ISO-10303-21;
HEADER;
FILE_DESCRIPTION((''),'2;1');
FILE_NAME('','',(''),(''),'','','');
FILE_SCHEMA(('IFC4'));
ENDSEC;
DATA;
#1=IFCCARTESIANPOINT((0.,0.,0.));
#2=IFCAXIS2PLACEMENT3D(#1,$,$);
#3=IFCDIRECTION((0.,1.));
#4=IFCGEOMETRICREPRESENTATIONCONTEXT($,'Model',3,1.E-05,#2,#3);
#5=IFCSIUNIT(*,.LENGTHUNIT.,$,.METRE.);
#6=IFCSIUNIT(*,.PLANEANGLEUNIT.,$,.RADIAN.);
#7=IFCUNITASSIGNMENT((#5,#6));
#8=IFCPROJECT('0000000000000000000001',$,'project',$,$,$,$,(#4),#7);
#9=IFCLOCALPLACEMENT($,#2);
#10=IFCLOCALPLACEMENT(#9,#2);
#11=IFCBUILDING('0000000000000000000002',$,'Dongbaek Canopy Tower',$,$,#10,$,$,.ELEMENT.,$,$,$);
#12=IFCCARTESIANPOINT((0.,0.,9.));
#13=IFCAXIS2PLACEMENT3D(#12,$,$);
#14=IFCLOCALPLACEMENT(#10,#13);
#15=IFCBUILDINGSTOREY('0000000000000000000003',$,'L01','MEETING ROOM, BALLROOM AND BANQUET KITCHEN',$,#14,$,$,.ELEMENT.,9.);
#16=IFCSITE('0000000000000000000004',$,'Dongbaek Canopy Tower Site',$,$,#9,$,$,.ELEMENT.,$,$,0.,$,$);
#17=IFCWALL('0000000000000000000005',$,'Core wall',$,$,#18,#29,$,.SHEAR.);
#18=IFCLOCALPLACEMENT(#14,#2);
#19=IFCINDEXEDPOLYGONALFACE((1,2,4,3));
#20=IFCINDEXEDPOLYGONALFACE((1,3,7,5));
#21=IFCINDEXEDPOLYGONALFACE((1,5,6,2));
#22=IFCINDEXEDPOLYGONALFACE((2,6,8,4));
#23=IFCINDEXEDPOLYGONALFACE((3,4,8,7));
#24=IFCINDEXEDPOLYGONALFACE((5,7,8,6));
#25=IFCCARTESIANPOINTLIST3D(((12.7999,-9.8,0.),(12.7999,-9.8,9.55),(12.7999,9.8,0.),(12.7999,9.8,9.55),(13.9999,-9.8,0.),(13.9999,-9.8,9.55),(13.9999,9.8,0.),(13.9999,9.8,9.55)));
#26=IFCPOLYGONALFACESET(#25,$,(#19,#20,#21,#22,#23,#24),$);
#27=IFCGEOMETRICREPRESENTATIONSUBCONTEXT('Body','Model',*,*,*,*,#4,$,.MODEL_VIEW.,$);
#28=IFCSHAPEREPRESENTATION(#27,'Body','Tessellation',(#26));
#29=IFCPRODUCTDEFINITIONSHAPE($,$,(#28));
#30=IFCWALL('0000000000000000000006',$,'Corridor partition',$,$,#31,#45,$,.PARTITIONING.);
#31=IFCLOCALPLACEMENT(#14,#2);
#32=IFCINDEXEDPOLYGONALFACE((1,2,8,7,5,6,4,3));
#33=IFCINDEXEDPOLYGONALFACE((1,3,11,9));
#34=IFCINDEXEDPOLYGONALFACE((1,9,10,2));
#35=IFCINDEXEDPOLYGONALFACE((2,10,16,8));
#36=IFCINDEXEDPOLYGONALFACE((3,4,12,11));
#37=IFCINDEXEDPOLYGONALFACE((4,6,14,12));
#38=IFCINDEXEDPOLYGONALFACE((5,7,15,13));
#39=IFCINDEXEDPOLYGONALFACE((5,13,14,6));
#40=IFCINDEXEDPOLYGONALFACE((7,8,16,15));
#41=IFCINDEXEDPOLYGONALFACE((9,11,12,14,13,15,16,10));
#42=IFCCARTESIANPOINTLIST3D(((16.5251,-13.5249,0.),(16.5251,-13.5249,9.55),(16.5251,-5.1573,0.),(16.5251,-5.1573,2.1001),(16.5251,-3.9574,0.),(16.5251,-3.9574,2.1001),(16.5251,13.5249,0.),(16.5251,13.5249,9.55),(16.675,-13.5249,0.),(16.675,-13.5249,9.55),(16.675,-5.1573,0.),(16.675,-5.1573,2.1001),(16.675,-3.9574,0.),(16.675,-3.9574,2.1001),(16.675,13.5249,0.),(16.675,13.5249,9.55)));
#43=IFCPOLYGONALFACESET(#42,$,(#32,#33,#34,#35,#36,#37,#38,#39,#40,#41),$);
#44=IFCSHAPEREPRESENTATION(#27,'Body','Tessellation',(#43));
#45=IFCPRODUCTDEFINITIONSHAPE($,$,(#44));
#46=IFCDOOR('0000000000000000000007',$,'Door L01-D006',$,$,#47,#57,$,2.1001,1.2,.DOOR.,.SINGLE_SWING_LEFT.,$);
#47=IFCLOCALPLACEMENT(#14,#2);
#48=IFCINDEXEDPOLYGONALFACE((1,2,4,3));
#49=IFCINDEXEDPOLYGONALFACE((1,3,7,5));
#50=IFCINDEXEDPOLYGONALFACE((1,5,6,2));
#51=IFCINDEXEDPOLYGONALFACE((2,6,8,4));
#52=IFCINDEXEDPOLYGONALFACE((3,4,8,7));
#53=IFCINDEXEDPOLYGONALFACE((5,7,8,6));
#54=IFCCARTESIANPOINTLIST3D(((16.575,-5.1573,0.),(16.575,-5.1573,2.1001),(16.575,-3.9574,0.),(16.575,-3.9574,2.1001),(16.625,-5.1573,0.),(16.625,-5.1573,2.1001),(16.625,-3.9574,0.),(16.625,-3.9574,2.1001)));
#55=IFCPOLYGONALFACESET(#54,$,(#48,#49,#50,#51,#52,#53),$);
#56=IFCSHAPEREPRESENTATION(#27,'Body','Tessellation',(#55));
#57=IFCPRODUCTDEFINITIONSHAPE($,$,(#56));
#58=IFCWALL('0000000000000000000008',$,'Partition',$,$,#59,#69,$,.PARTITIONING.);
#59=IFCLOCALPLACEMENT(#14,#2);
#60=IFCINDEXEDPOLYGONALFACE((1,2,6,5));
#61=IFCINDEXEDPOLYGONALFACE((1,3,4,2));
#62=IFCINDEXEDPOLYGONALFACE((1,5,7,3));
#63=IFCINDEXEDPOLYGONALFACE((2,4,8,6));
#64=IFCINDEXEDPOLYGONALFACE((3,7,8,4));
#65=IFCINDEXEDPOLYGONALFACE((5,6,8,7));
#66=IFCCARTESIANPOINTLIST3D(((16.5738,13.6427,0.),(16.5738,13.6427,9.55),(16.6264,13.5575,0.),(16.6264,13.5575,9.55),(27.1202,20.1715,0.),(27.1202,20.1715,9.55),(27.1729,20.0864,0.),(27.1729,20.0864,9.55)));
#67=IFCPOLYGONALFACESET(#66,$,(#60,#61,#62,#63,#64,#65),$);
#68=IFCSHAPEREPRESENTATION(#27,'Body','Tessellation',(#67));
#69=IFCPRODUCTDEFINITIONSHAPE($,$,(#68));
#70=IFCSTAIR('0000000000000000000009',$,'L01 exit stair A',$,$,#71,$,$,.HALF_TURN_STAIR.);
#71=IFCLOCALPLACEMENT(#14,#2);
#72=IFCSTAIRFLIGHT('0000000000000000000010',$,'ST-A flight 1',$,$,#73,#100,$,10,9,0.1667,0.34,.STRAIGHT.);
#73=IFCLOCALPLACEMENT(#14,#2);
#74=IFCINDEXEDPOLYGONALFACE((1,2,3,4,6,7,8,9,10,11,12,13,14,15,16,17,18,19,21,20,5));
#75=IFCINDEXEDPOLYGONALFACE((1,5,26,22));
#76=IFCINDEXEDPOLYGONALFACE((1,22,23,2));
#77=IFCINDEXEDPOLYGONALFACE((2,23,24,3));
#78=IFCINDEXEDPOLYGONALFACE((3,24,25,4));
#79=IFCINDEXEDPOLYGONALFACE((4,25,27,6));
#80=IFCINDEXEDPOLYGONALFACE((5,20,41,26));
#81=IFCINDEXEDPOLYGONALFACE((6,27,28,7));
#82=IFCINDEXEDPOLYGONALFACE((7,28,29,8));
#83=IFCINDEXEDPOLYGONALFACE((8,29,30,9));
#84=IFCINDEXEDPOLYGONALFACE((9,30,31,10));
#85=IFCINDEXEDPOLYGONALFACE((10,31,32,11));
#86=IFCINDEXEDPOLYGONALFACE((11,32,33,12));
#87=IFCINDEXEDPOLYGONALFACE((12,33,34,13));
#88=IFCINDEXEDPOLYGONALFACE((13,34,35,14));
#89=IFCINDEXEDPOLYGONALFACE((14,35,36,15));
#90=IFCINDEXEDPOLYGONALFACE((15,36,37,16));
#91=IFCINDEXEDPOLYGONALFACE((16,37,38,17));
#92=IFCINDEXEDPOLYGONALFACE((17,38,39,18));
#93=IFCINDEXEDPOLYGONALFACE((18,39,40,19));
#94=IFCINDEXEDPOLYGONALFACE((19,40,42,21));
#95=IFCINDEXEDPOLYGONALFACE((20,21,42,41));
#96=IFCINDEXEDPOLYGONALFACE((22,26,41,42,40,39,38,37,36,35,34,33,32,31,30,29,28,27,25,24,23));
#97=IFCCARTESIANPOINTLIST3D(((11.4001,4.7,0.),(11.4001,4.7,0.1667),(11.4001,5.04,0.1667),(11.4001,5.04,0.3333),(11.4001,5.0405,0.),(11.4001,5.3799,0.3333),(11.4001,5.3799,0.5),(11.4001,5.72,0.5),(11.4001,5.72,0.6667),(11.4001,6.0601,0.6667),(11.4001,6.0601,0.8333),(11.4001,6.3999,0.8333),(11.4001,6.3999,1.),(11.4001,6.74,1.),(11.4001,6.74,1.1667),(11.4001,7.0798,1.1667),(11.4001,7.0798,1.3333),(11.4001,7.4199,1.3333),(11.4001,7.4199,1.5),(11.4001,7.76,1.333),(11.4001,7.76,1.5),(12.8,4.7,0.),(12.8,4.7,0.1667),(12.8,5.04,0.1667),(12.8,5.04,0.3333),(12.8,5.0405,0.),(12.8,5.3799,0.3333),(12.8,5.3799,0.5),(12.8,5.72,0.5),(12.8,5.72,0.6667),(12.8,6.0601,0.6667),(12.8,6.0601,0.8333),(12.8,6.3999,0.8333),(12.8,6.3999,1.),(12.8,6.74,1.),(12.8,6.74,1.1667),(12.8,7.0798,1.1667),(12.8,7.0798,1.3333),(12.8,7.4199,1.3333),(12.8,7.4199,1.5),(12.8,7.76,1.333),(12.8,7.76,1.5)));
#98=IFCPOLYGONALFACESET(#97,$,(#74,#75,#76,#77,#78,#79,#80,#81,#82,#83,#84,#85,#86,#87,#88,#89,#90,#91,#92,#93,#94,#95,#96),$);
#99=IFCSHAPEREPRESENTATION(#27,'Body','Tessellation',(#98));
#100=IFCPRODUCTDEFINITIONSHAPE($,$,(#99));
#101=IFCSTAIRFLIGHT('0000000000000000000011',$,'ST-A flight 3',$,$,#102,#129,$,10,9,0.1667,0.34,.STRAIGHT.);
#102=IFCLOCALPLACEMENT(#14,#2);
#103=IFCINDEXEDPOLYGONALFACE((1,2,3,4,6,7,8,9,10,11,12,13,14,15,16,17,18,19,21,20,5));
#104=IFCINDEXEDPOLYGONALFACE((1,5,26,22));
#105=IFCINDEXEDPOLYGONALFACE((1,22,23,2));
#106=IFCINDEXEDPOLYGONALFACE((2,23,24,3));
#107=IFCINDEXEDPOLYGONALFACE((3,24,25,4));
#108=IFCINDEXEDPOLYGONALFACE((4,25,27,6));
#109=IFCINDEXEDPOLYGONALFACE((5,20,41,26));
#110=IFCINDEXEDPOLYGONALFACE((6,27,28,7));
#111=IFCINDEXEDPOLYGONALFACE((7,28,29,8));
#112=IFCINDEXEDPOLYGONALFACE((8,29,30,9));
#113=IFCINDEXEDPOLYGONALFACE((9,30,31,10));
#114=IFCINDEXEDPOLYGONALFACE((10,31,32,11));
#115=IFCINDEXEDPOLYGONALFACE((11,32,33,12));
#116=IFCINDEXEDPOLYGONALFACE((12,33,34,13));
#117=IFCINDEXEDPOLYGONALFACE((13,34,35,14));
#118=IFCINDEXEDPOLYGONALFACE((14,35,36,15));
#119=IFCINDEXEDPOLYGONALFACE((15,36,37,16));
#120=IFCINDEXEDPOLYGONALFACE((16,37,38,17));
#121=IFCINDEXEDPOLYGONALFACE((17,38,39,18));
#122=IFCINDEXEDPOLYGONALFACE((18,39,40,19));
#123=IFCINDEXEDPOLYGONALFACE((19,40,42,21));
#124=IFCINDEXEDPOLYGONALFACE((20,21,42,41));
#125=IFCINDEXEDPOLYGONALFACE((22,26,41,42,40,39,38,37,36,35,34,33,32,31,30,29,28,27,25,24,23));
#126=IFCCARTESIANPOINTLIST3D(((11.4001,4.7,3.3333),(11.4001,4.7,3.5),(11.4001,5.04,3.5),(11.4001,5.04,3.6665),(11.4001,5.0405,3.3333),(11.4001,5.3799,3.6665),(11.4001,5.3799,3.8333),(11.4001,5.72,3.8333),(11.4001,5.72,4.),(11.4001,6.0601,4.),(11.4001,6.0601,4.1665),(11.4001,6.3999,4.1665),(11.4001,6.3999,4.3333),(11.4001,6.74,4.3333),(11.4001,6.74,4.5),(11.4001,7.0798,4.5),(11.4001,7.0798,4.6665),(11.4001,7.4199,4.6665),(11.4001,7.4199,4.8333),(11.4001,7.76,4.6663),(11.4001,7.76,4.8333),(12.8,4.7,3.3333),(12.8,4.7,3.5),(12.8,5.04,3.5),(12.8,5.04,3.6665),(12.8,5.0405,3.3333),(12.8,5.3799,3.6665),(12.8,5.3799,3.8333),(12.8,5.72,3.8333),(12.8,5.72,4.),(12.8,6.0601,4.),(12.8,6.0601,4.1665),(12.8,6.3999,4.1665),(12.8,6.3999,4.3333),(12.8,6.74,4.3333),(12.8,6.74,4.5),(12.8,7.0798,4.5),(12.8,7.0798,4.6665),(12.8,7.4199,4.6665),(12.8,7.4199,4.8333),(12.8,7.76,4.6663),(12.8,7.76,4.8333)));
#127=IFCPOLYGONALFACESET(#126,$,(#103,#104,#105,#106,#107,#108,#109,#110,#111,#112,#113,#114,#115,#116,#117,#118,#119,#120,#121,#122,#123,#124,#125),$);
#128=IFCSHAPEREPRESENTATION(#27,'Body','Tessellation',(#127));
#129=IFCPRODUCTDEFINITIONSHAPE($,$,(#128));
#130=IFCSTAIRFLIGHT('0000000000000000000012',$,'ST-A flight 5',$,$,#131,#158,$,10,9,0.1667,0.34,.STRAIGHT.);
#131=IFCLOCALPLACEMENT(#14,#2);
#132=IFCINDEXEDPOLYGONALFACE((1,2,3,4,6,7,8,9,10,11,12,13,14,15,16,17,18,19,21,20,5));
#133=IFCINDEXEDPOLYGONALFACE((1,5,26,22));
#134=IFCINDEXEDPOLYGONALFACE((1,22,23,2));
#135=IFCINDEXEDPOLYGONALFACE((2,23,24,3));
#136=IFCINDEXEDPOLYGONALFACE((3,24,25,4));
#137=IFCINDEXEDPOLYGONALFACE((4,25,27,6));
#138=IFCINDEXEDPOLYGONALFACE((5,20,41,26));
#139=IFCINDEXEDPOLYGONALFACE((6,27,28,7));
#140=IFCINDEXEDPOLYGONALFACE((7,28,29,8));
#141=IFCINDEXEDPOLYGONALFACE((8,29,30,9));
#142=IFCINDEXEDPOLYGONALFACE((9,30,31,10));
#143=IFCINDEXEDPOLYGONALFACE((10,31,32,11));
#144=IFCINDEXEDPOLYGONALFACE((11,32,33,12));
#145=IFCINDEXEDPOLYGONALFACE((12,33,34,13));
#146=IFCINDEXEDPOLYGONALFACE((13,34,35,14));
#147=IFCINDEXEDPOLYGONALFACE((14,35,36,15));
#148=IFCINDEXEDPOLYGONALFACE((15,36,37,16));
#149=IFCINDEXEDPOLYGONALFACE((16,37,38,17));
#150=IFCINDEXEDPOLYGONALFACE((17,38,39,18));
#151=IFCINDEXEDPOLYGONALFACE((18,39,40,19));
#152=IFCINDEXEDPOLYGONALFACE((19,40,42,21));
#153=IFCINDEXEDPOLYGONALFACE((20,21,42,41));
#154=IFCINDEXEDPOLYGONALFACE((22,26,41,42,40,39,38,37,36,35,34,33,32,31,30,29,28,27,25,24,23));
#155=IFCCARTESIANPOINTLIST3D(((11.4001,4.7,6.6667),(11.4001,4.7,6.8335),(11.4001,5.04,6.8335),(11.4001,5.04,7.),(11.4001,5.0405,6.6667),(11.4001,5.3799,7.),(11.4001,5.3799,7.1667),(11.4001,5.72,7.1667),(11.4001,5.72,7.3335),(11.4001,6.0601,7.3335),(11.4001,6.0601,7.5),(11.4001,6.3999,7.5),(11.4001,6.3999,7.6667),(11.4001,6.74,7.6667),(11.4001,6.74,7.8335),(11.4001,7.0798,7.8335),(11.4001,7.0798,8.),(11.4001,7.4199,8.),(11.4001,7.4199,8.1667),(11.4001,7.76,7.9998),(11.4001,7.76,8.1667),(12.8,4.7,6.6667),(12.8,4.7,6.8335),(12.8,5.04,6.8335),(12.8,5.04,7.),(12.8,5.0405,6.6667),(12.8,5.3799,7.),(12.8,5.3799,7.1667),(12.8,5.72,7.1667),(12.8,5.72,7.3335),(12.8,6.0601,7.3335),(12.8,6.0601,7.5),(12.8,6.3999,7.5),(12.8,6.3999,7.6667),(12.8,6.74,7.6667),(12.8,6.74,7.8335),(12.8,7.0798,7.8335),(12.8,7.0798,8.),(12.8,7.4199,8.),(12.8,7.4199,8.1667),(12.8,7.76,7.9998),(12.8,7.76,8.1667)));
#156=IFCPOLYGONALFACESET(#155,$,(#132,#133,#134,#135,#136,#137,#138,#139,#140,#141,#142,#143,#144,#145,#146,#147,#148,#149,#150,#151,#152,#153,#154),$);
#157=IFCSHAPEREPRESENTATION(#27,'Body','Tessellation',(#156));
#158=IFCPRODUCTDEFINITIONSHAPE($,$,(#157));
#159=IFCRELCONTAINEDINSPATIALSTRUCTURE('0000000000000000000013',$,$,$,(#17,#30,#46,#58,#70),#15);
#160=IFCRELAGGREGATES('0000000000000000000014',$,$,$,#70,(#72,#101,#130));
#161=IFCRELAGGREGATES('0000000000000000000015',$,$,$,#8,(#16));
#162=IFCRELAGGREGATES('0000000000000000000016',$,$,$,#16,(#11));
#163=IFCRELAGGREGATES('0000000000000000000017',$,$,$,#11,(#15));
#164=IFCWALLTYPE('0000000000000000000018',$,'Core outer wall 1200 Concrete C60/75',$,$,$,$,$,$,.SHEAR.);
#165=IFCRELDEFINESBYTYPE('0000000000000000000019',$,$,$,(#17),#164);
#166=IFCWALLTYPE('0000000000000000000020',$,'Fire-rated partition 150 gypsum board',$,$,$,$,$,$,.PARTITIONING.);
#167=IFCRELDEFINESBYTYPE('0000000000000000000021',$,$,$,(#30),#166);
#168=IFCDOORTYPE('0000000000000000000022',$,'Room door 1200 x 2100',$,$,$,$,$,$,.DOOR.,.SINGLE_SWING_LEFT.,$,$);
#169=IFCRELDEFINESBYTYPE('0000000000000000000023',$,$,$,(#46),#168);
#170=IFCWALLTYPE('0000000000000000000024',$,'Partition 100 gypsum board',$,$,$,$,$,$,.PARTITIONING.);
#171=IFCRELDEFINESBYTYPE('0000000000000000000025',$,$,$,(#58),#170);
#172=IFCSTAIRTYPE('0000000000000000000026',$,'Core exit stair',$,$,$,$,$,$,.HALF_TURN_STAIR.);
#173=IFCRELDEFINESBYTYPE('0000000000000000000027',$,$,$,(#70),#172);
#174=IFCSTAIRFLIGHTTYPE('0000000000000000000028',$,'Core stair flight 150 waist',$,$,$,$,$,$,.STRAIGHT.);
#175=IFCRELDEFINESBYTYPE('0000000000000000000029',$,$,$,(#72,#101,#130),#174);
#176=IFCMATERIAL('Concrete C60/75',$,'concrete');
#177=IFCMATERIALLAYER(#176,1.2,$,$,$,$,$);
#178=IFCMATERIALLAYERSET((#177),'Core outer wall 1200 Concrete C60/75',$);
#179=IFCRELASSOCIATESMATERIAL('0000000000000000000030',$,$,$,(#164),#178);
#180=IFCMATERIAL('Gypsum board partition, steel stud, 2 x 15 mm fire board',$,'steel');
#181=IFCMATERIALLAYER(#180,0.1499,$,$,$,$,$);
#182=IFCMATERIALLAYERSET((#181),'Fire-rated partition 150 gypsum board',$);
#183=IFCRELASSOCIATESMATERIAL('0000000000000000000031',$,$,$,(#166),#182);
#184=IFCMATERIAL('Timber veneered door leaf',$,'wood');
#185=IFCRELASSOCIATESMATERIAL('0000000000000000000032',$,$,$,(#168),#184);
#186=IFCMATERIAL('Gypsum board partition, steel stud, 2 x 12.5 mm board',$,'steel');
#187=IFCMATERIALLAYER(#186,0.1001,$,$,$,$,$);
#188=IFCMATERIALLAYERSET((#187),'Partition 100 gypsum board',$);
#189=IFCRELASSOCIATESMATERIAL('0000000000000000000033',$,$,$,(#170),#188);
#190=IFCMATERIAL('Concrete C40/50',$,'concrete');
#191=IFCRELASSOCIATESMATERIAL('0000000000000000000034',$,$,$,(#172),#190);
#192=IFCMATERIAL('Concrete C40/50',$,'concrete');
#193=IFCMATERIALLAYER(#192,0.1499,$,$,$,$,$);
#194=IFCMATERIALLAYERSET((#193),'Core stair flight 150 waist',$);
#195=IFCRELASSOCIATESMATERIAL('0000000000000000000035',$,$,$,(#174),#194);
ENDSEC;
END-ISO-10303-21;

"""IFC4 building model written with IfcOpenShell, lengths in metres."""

from ifc_helpers import new_model, si_unit, direction, frame, frame_2d, origin, place, context, subcontext, project, spatial, polyline, rectangle, outline, extrude, material, layer, layer_set, type_object, element, fill, aggregate, save


model = new_model("IFC4")

# Units and contexts
model_context = context("Model", 3, precision=1e-05, world=origin(), true_north=direction((0.0, 1.0)))
body_context = subcontext(model_context, "Body", "Model", "MODEL_VIEW")
ifc_project = project(units=[si_unit("LENGTHUNIT", "METRE"), si_unit("PLANEANGLEUNIT", "RADIAN")], contexts=[model_context])

# Site, building, storey
site_placement = place(None, origin())
site = spatial("IfcSite", under=ifc_project, at=site_placement, Name="Dongbaek Canopy Tower Site", CompositionType="ELEMENT", RefElevation=0.0)
building_placement = place(site_placement, origin())
building = spatial("IfcBuilding", under=site, at=building_placement, Name="Dongbaek Canopy Tower", CompositionType="ELEMENT")
storey_placement = place(building_placement, frame((0.0, 0.0, 9.0)))
storey = spatial("IfcBuildingStorey", under=building, at=storey_placement, Name="L01", Description="MEETING ROOM, BALLROOM AND BANQUET KITCHEN", CompositionType="ELEMENT", Elevation=9.0)

# Wall
ifc_material_1 = material(Name="Concrete C60/75", Category="concrete")
ifc_layer_1 = layer(ifc_material_1, 1.2)
ifc_layer_set_1 = layer_set([ifc_layer_1], Name="Core outer wall 1200 Concrete C60/75")
wall_type_1 = type_object("IfcWallType", Name="Core outer wall 1200 Concrete C60/75", PredefinedType="SHEAR", material=ifc_layer_set_1)
wall_1_placement = place(storey_placement, frame((13.3999, 9.8, 0.0), z_axis=(0.0, 0.0, 1.0), x_axis=(0.0, -1.0, 0.0)))
element("IfcWall", 1, at=wall_1_placement, inside=storey, type_object=wall_type_1, Name="Core wall", PredefinedType="SHEAR", context=body_context, shape_type="SweptSolid", body=[
    extrude(rectangle(XDim=19.6001, YDim=1.2, at=frame_2d((9.8, 0.0))), origin(), (0.0, 0.0, 1.0), 9.55),
])

# Wall, opening, door
ifc_material_2 = material(Name="Gypsum board partition, steel stud, 2 x 15 mm fire board", Category="steel")
ifc_layer_2 = layer(ifc_material_2, 0.1499)
ifc_layer_set_2 = layer_set([ifc_layer_2], Name="Fire-rated partition 150 gypsum board")
wall_type_2 = type_object("IfcWallType", Name="Fire-rated partition 150 gypsum board", PredefinedType="PARTITIONING", material=ifc_layer_set_2)
wall_2_placement = place(storey_placement, frame((16.6001, 13.5249, 0.0), z_axis=(0.0, 0.0, 1.0), x_axis=(0.0, -1.0, 0.0)))
wall_2 = element("IfcWall", 2, at=wall_2_placement, inside=storey, type_object=wall_type_2, Name="Corridor partition", PredefinedType="PARTITIONING", context=body_context, shape_type="SweptSolid", body=[
    extrude(rectangle(XDim=27.0498, YDim=0.1499, at=frame_2d((13.5249, 0.0))), origin(), (0.0, 0.0, 1.0), 9.55),
])
opening_placement = place(wall_2_placement, frame((17.4822, 0.0, 0.0)))
opening = element("IfcOpeningElement", 3, at=opening_placement, cuts=wall_2, PredefinedType="OPENING", context=body_context, shape_type="SweptSolid", body=[
    extrude(rectangle(XDim=1.2, YDim=2.1001, at=frame_2d((0.6001, 1.05))), frame((0.0, 0.085, 0.0), z_axis=(0.0, -1.0, 0.0), x_axis=(1.0, 0.0, 0.0)), (0.0, 0.0, 1.0), 0.1699),
])
ifc_material_3 = material(Name="Timber veneered door leaf", Category="wood")
door_type = type_object("IfcDoorType", Name="Room door 1200 x 2100", OperationType="SINGLE_SWING_LEFT", PredefinedType="DOOR", material=ifc_material_3)
door_placement = place(opening_placement, origin())
door = element("IfcDoor", 4, at=door_placement, inside=storey, type_object=door_type, Name="Door L01-D006", OperationType="SINGLE_SWING_LEFT", OverallHeight=2.1001, OverallWidth=1.2, PredefinedType="DOOR", context=body_context, shape_type="SweptSolid", body=[
    extrude(rectangle(XDim=1.2, YDim=2.1001, at=frame_2d((0.6001, 1.05))), frame((0.0, 0.0249, 0.0), z_axis=(0.0, -1.0, 0.0), x_axis=(1.0, 0.0, 0.0)), (0.0, 0.0, 1.0), 0.05),
])
fill(opening, door)

# Wall
ifc_material_4 = material(Name="Gypsum board partition, steel stud, 2 x 12.5 mm board", Category="steel")
ifc_layer_3 = layer(ifc_material_4, 0.1001)
ifc_layer_set_3 = layer_set([ifc_layer_3], Name="Partition 100 gypsum board")
wall_type_3 = type_object("IfcWallType", Name="Partition 100 gypsum board", PredefinedType="PARTITIONING", material=ifc_layer_set_3)
wall_3_placement = place(storey_placement, frame((16.6001, 13.6001, 0.0), z_axis=(0.0, 0.0, 1.0), x_axis=(0.850262, 0.52636, 0.0)))
element("IfcWall", 5, at=wall_3_placement, inside=storey, type_object=wall_type_3, Name="Partition", PredefinedType="PARTITIONING", context=body_context, shape_type="SweptSolid", body=[
    extrude(rectangle(XDim=12.4038, YDim=0.1001, at=frame_2d((6.2019, 0.0))), origin(), (0.0, 0.0, 1.0), 9.55),
])

# Stair, stair flights
ifc_material_5 = material(Name="Concrete C40/50", Category="concrete")
stair_type = type_object("IfcStairType", Name="Core exit stair", PredefinedType="HALF_TURN_STAIR", material=ifc_material_5)
stair_placement = place(storey_placement, origin())
stair = element("IfcStair", 6, at=stair_placement, inside=storey, type_object=stair_type, Name="L01 exit stair A", PredefinedType="HALF_TURN_STAIR")
ifc_material_6 = material(Name="Concrete C40/50", Category="concrete")
ifc_layer_4 = layer(ifc_material_6, 0.1499)
ifc_layer_set_4 = layer_set([ifc_layer_4], Name="Core stair flight 150 waist")
stair_flight_type = type_object("IfcStairFlightType", Name="Core stair flight 150 waist", PredefinedType="STRAIGHT", material=ifc_layer_set_4)
stair_flight_1_placement = place(storey_placement, frame((12.1001, 4.7, 0.0), z_axis=(0.0, 0.0, 1.0), x_axis=(0.0, 1.0, 0.0)))
stair_flight_1 = element("IfcStairFlight", 7, at=stair_flight_1_placement, type_object=stair_flight_type, Name="ST-A flight 1", NumberOfRisers=10, NumberOfTreads=9, PredefinedType="STRAIGHT", RiserHeight=0.1667, TreadLength=0.34, context=body_context, shape_type="SweptSolid", body=[
    extrude(outline(polyline([(0.0, 0.0), (0.0, 0.1667), (0.3401, 0.1667), (0.3401, 0.3333), (0.6799, 0.3333), (0.6799, 0.5), (1.02, 0.5), (1.02, 0.6667), (1.3601, 0.6667), (1.3601, 0.8333), (1.7, 0.8333), (1.7, 1.0), (2.04, 1.0), (2.04, 1.1667), (2.3799, 1.1667), (2.3799, 1.3333), (2.72, 1.3333), (2.72, 1.5), (3.0601, 1.5), (3.0601, 1.6667), (3.0601, 1.333), (0.3406, 0.0), (0.0, 0.0)])), frame((0.0, 0.7, 0.0), z_axis=(0.0, -1.0, 0.0), x_axis=(1.0, 0.0, 0.0)), (0.0, 0.0, 1.0), 1.3999),
])
stair_flight_2_placement = place(storey_placement, frame((12.1001, 4.7, 3.3333), z_axis=(0.0, 0.0, 1.0), x_axis=(0.0, 1.0, 0.0)))
stair_flight_2 = element("IfcStairFlight", 8, at=stair_flight_2_placement, type_object=stair_flight_type, Name="ST-A flight 3", NumberOfRisers=10, NumberOfTreads=9, PredefinedType="STRAIGHT", RiserHeight=0.1667, TreadLength=0.34, context=body_context, shape_type="SweptSolid", body=[
    extrude(outline(polyline([(0.0, 0.0), (0.0, 0.1667), (0.3401, 0.1667), (0.3401, 0.3333), (0.6799, 0.3333), (0.6799, 0.5), (1.02, 0.5), (1.02, 0.6667), (1.3601, 0.6667), (1.3601, 0.8333), (1.7, 0.8333), (1.7, 1.0), (2.04, 1.0), (2.04, 1.1667), (2.3799, 1.1667), (2.3799, 1.3333), (2.72, 1.3333), (2.72, 1.5), (3.0601, 1.5), (3.0601, 1.6667), (3.0601, 1.333), (0.3406, 0.0), (0.0, 0.0)])), frame((0.0, 0.7, 0.0), z_axis=(0.0, -1.0, 0.0), x_axis=(1.0, 0.0, 0.0)), (0.0, 0.0, 1.0), 1.3999),
])
stair_flight_3_placement = place(storey_placement, frame((12.1001, 4.7, 6.6667), z_axis=(0.0, 0.0, 1.0), x_axis=(0.0, 1.0, 0.0)))
stair_flight_3 = element("IfcStairFlight", 9, at=stair_flight_3_placement, type_object=stair_flight_type, Name="ST-A flight 5", NumberOfRisers=10, NumberOfTreads=9, PredefinedType="STRAIGHT", RiserHeight=0.1667, TreadLength=0.34, context=body_context, shape_type="SweptSolid", body=[
    extrude(outline(polyline([(0.0, 0.0), (0.0, 0.1667), (0.3401, 0.1667), (0.3401, 0.3333), (0.6799, 0.3333), (0.6799, 0.5), (1.02, 0.5), (1.02, 0.6667), (1.3601, 0.6667), (1.3601, 0.8333), (1.7, 0.8333), (1.7, 1.0), (2.04, 1.0), (2.04, 1.1667), (2.3799, 1.1667), (2.3799, 1.3333), (2.72, 1.3333), (2.72, 1.5), (3.0601, 1.5), (3.0601, 1.6667), (3.0601, 1.333), (0.3406, 0.0), (0.0, 0.0)])), frame((0.0, 0.7, 0.0), z_axis=(0.0, -1.0, 0.0), x_axis=(1.0, 0.0, 0.0)), (0.0, 0.0, 1.0), 1.3999),
])
aggregate(stair, [stair_flight_1, stair_flight_2, stair_flight_3])

save(model, "model.ifc")
